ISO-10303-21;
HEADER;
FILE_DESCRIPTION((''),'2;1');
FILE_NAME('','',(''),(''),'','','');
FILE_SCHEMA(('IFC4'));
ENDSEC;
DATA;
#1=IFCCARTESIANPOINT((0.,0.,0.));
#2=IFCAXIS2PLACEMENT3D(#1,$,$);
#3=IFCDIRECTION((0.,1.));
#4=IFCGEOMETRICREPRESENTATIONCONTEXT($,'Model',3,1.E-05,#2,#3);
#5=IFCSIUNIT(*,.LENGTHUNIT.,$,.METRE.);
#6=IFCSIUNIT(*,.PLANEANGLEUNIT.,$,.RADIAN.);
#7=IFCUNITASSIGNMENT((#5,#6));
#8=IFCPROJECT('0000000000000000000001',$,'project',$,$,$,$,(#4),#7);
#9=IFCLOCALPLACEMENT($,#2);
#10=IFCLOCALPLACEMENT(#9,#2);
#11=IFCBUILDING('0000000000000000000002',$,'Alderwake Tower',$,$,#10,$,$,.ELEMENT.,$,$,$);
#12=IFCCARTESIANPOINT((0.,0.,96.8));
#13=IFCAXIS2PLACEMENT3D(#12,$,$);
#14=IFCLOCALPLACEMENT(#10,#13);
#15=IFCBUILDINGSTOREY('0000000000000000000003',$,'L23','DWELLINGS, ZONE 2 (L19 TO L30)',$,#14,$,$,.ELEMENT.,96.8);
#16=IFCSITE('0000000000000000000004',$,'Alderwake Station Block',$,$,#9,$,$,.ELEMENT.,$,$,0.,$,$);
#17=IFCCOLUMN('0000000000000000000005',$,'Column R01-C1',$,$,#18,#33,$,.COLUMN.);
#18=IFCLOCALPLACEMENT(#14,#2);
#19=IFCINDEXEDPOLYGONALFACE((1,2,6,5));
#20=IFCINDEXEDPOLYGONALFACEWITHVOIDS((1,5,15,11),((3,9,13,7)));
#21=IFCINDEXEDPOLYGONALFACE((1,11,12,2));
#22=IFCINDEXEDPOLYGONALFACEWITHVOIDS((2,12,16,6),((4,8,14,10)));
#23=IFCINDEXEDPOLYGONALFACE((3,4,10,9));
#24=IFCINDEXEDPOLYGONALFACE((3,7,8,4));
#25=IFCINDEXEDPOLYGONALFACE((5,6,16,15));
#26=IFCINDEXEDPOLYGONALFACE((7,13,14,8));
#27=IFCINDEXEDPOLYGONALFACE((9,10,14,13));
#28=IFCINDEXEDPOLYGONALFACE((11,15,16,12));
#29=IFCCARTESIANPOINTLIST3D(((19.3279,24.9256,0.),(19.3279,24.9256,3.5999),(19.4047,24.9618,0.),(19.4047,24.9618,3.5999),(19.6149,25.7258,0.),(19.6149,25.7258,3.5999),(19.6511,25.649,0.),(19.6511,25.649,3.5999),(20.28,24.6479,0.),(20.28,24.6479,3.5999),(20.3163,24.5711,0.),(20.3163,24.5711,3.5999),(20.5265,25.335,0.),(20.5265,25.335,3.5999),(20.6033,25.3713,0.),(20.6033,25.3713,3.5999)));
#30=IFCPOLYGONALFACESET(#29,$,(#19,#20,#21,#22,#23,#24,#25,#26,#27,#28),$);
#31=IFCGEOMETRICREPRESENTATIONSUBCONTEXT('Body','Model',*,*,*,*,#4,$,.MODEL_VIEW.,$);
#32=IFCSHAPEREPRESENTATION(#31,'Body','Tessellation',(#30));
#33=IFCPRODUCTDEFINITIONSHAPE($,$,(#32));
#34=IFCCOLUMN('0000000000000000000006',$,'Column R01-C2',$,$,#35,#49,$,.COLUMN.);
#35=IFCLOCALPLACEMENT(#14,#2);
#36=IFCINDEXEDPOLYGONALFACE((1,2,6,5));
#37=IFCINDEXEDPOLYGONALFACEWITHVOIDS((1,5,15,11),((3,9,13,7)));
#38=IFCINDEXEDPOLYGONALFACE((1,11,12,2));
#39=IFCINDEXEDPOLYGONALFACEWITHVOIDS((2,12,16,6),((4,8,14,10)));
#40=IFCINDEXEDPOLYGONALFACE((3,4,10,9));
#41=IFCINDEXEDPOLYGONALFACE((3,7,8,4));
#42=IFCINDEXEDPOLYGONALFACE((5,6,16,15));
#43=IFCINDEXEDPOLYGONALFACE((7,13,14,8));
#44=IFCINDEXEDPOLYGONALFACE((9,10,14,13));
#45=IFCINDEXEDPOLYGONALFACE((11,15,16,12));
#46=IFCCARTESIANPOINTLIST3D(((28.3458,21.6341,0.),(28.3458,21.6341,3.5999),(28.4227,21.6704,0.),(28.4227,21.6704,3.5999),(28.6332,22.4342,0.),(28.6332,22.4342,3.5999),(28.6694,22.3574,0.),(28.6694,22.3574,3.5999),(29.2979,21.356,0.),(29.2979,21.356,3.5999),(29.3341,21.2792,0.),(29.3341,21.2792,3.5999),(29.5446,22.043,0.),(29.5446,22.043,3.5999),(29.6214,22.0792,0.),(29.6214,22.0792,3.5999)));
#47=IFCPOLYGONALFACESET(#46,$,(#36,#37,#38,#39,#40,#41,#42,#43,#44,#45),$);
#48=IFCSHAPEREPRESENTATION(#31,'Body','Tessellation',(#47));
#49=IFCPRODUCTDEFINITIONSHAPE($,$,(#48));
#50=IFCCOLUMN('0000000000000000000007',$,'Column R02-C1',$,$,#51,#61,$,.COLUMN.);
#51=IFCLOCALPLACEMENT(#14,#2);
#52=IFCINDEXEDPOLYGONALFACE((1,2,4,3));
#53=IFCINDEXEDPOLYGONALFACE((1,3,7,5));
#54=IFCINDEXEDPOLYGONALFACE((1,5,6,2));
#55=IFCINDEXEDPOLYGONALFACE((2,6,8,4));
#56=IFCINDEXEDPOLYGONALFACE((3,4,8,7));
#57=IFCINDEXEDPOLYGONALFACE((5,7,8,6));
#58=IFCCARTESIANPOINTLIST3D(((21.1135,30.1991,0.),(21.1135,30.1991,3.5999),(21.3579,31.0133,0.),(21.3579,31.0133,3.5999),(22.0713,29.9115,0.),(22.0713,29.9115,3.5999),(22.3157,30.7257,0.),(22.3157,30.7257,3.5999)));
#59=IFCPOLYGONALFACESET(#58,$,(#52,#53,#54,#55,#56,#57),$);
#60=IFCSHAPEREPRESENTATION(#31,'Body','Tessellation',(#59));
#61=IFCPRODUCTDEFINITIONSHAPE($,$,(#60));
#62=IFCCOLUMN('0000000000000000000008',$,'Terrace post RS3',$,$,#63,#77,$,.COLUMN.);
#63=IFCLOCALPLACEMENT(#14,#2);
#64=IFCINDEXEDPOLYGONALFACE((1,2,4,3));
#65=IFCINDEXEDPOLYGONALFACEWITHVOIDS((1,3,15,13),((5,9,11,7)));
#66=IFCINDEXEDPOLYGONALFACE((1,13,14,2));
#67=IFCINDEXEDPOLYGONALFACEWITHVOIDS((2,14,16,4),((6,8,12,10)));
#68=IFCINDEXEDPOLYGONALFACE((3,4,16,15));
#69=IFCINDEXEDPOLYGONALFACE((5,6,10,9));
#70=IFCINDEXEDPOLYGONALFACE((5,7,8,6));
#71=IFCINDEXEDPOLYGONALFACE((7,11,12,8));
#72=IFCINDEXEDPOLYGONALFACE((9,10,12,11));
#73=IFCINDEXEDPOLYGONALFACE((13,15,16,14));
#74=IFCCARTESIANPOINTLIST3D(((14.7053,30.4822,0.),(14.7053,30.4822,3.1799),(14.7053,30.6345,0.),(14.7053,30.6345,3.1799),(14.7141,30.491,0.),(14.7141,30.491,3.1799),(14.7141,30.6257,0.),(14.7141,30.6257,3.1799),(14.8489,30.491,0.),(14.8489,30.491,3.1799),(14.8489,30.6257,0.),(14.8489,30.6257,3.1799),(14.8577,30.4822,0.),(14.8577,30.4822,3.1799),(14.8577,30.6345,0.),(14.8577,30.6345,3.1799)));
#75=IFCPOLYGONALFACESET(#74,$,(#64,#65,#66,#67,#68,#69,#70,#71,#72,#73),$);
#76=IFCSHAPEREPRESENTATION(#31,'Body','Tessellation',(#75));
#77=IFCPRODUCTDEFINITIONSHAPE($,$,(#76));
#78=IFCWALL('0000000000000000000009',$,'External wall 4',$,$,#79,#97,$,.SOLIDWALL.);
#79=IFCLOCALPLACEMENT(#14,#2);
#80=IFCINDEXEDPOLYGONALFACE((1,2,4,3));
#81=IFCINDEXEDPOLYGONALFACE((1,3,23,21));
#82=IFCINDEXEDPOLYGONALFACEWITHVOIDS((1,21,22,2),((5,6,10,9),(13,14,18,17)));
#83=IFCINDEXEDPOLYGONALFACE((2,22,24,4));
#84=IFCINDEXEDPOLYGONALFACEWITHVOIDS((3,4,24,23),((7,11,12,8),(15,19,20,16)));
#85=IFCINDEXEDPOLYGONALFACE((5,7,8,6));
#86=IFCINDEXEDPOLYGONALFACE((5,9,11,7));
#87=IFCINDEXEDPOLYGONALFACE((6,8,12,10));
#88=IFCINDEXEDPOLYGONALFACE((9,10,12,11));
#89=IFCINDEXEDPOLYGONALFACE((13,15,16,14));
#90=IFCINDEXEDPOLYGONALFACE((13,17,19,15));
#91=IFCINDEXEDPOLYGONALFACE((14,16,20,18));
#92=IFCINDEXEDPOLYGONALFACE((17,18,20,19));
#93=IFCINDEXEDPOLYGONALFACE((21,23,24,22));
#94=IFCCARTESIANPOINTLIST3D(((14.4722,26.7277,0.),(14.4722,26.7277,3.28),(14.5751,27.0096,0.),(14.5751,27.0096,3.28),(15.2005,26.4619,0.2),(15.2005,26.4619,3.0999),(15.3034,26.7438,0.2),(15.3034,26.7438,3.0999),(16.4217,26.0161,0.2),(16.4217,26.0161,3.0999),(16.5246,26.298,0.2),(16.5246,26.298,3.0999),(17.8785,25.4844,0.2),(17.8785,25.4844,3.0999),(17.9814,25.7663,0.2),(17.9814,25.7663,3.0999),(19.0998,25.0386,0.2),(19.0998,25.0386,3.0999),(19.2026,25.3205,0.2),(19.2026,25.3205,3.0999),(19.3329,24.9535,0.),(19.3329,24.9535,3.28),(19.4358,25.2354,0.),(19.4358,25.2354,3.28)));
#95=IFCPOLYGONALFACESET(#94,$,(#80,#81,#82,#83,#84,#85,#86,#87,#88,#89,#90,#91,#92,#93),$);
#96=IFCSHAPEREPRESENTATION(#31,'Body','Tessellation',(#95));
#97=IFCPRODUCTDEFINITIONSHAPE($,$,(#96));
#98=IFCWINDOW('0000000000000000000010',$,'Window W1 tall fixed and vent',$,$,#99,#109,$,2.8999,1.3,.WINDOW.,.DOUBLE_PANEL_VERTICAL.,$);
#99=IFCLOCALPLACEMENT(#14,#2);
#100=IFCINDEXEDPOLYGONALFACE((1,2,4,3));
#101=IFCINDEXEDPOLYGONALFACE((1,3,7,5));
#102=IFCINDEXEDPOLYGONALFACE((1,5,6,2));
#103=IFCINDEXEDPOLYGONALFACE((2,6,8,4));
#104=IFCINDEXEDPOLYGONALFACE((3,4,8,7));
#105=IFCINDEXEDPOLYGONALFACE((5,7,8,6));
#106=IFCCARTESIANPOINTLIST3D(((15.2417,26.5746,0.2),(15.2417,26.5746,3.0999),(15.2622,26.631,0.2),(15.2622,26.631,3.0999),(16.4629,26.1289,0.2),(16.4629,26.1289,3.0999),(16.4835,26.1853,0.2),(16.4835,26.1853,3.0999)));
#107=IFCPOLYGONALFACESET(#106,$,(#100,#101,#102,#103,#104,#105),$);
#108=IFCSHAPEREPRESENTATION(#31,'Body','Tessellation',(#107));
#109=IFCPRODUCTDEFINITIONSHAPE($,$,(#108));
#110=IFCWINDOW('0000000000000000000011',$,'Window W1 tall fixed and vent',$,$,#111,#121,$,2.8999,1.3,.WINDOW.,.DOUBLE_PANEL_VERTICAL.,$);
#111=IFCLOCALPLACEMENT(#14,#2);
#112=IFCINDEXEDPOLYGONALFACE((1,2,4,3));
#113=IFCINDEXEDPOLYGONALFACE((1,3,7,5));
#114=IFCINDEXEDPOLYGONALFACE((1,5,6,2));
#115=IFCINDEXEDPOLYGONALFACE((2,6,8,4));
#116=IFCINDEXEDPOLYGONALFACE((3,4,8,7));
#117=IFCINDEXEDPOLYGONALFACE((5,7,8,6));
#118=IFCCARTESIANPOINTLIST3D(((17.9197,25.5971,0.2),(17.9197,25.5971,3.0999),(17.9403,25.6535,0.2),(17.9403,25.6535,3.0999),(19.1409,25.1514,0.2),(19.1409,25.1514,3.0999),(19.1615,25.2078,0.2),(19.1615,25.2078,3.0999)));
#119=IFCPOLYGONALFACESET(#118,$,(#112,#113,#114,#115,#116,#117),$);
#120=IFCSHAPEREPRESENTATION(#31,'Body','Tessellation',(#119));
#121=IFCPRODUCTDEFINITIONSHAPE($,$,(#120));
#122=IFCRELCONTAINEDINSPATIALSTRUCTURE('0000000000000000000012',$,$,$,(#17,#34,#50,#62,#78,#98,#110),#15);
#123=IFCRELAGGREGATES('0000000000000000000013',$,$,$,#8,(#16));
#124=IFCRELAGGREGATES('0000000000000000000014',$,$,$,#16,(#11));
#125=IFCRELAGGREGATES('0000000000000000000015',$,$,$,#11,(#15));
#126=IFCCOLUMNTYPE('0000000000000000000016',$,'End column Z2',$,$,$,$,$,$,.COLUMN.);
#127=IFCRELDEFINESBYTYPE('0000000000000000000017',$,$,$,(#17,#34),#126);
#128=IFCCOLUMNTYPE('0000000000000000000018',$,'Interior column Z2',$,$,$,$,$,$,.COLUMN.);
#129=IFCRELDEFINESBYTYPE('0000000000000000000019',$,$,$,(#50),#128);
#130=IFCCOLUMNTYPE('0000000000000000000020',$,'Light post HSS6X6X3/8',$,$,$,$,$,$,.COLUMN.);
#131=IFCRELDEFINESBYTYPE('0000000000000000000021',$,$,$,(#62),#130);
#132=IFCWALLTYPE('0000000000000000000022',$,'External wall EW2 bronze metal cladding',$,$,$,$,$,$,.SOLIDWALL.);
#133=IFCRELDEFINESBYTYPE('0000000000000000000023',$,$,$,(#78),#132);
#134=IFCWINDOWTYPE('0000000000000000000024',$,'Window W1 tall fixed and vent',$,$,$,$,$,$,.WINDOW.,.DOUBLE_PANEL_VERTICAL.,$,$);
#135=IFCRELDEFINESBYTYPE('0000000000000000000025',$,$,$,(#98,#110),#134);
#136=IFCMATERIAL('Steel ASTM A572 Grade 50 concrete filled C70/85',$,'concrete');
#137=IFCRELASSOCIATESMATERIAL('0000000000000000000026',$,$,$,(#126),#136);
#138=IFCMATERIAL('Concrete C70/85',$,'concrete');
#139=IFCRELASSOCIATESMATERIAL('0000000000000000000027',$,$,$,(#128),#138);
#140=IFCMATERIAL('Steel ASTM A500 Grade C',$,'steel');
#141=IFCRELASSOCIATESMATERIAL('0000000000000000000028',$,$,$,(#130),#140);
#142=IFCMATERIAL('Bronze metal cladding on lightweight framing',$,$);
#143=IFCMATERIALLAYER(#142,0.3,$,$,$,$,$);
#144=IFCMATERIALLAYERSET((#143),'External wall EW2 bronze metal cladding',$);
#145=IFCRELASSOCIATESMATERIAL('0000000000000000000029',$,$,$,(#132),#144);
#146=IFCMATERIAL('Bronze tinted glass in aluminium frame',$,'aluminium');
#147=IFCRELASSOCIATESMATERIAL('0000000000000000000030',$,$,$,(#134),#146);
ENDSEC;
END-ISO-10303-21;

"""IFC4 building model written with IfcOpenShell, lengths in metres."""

from ifc_helpers import new_model, si_unit, direction, frame, frame_2d, origin, origin_2d, place, context, subcontext, project, spatial, rectangle, hollow_rectangle, extrude, material, layer, layer_set, material_profile, profile_set, type_object, element, fill, save


model = new_model("IFC4")

# Units and contexts
model_context = context("Model", 3, precision=1e-05, world=origin(), true_north=direction((0.0, 1.0)))
body_context = subcontext(model_context, "Body", "Model", "MODEL_VIEW")
ifc_project = project(units=[si_unit("LENGTHUNIT", "METRE"), si_unit("PLANEANGLEUNIT", "RADIAN")], contexts=[model_context])

# Site, building, storey
site_placement = place(None, origin())
site = spatial("IfcSite", under=ifc_project, at=site_placement, Name="Alderwake Station Block", CompositionType="ELEMENT", RefElevation=0.0)
building_placement = place(site_placement, origin())
building = spatial("IfcBuilding", under=site, at=building_placement, Name="Alderwake Tower", CompositionType="ELEMENT")
storey_placement = place(building_placement, frame((0.0, 0.0, 96.8)))
storey = spatial("IfcBuildingStorey", under=building, at=storey_placement, Name="L23", Description="DWELLINGS, ZONE 2 (L19 TO L30)", CompositionType="ELEMENT", Elevation=96.8)

# Columns
ifc_material_1 = material(Name="Steel ASTM A572 Grade 50 concrete filled C70/85", Category="concrete")
ifc_material_profile_1 = material_profile(ifc_material_1, hollow_rectangle(XDim=0.8501, YDim=1.05, WallThickness=0.0601, at=origin_2d()), Name="BOX 1050X850X60")
ifc_profile_set_1 = profile_set([ifc_material_profile_1], Name="Steel ASTM A572 Grade 50 concrete filled C70/85")
column_type_1 = type_object("IfcColumnType", Name="End column Z2", PredefinedType="COLUMN", material=ifc_profile_set_1)
for number, where, z_axis, x_axis, name in (
    (1, (19.9656, 25.1484, 0.0), (0.0, 0.0, 1.0), (0.337585, 0.941295, 0.0), "Column R01-C1"),
    (2, (28.9836, 21.8567, 0.0), (0.0, 0.0, 1.0), (0.338027, 0.941136, 0.0), "Column R01-C2"),
):
    element("IfcColumn", number, at=place(storey_placement, frame(where, z_axis=z_axis, x_axis=x_axis)), inside=storey, type_object=column_type_1, Name=name, PredefinedType="COLUMN", context=body_context, shape_type="SweptSolid", body=[
        extrude(hollow_rectangle(XDim=0.8501, YDim=1.05, WallThickness=0.0601, at=origin_2d()), origin(), (0.0, 0.0, 1.0), 3.5999),
    ])
ifc_material_2 = material(Name="Concrete C70/85", Category="concrete")
ifc_material_profile_2 = material_profile(ifc_material_2, rectangle(XDim=0.8501, YDim=1.0, at=origin_2d()), Name="RC 1000X850")
ifc_profile_set_2 = profile_set([ifc_material_profile_2], Name="Concrete C70/85")
column_type_2 = type_object("IfcColumnType", Name="Interior column Z2", PredefinedType="COLUMN", material=ifc_profile_set_2)
column_1_placement = place(storey_placement, frame((21.7146, 30.4624, 0.0), z_axis=(0.0, 0.0, 1.0), x_axis=(0.287549, 0.957766, 0.0)))
element("IfcColumn", 3, at=column_1_placement, inside=storey, type_object=column_type_2, Name="Column R02-C1", PredefinedType="COLUMN", context=body_context, shape_type="SweptSolid", body=[
    extrude(rectangle(XDim=0.8501, YDim=1.0, at=origin_2d()), origin(), (0.0, 0.0, 1.0), 3.5999),
])
ifc_material_3 = material(Name="Steel ASTM A500 Grade C", Category="steel")
ifc_material_profile_3 = material_profile(ifc_material_3, hollow_rectangle(XDim=0.1523, YDim=0.1523, WallThickness=0.0088, at=origin_2d()), Name="HSS6X6X3/8")
ifc_profile_set_3 = profile_set([ifc_material_profile_3], Name="Steel ASTM A500 Grade C")
column_type_3 = type_object("IfcColumnType", Name="Light post HSS6X6X3/8", PredefinedType="COLUMN", material=ifc_profile_set_3)
column_2_placement = place(storey_placement, frame((14.7815, 30.5583, 0.0), z_axis=(0.0, 0.0, 1.0), x_axis=(1.0, 0.0, 0.0)))
element("IfcColumn", 4, at=column_2_placement, inside=storey, type_object=column_type_3, Name="Terrace post RS3", PredefinedType="COLUMN", context=body_context, shape_type="SweptSolid", body=[
    extrude(hollow_rectangle(XDim=0.1523, YDim=0.1523, WallThickness=0.0088, at=origin_2d()), origin(), (0.0, 0.0, 1.0), 3.1799),
])

# Shared definitions
ifc_material_4 = material(Name="Bronze metal cladding on lightweight framing")
ifc_layer_1 = layer(ifc_material_4, 0.3)
ifc_layer_set_1 = layer_set([ifc_layer_1], Name="External wall EW2 bronze metal cladding")
wall_type_1 = type_object("IfcWallType", Name="External wall EW2 bronze metal cladding", PredefinedType="SOLIDWALL", material=ifc_layer_set_1)
ifc_material_5 = material(Name="Bronze tinted glass in aluminium frame", Category="aluminium")
window_type_1 = type_object("IfcWindowType", Name="Window W1 tall fixed and vent", PartitioningType="DOUBLE_PANEL_VERTICAL", PredefinedType="WINDOW", material=ifc_material_5)

# Wall, openings, windows
wall_1_placement = place(storey_placement, frame((14.5237, 26.8687, 0.0), z_axis=(0.0, 0.0, 1.0), x_axis=(0.939378, -0.342883, 0.0)))
wall_1 = element("IfcWall", 5, at=wall_1_placement, inside=storey, type_object=wall_type_1, Name="External wall 4", PredefinedType="SOLIDWALL", context=body_context, shape_type="SweptSolid", body=[
    extrude(rectangle(XDim=5.1743, YDim=0.3, at=frame_2d((2.5872, 0.0))), origin(), (0.0, 0.0, 1.0), 3.28),
])
opening_1_placement = place(wall_1_placement, frame((0.7754, 0.0, 0.2)))
opening_1 = element("IfcOpeningElement", 6, at=opening_1_placement, cuts=wall_1, PredefinedType="OPENING", context=body_context, shape_type="SweptSolid", body=[
    extrude(rectangle(XDim=1.3, YDim=2.8999, at=frame_2d((0.6499, 1.45))), frame((0.0, 0.1599, 0.0), z_axis=(0.0, -1.0, 0.0), x_axis=(1.0, 0.0, 0.0)), (0.0, 0.0, 1.0), 0.3201),
])
opening_2_placement = place(wall_1_placement, frame((3.6262, 0.0, 0.2)))
opening_2 = element("IfcOpeningElement", 7, at=opening_2_placement, cuts=wall_1, PredefinedType="OPENING", context=body_context, shape_type="SweptSolid", body=[
    extrude(rectangle(XDim=1.3, YDim=2.8999, at=frame_2d((0.6499, 1.45))), frame((0.0, 0.1599, 0.0), z_axis=(0.0, -1.0, 0.0), x_axis=(1.0, 0.0, 0.0)), (0.0, 0.0, 1.0), 0.3201),
])
window_1_placement = place(opening_1_placement, origin())
window_1 = element("IfcWindow", 8, at=window_1_placement, inside=storey, type_object=window_type_1, Name="Window W1 tall fixed and vent", OverallHeight=2.8999, OverallWidth=1.3, PartitioningType="DOUBLE_PANEL_VERTICAL", PredefinedType="WINDOW", context=body_context, shape_type="SweptSolid", body=[
    extrude(rectangle(XDim=1.3, YDim=2.8999, at=frame_2d((0.6499, 1.45))), frame((0.0, 0.03, 0.0), z_axis=(0.0, -1.0, 0.0), x_axis=(1.0, 0.0, 0.0)), (0.0, 0.0, 1.0), 0.0601),
])
fill(opening_1, window_1)
window_2_placement = place(opening_2_placement, origin())
window_2 = element("IfcWindow", 9, at=window_2_placement, inside=storey, type_object=window_type_1, Name="Window W1 tall fixed and vent", OverallHeight=2.8999, OverallWidth=1.3, PartitioningType="DOUBLE_PANEL_VERTICAL", PredefinedType="WINDOW", context=body_context, shape_type="SweptSolid", body=[
    extrude(rectangle(XDim=1.3, YDim=2.8999, at=frame_2d((0.6499, 1.45))), frame((0.0, 0.03, 0.0), z_axis=(0.0, -1.0, 0.0), x_axis=(1.0, 0.0, 0.0)), (0.0, 0.0, 1.0), 0.0601),
])
fill(opening_2, window_2)

save(model, "model.ifc")
